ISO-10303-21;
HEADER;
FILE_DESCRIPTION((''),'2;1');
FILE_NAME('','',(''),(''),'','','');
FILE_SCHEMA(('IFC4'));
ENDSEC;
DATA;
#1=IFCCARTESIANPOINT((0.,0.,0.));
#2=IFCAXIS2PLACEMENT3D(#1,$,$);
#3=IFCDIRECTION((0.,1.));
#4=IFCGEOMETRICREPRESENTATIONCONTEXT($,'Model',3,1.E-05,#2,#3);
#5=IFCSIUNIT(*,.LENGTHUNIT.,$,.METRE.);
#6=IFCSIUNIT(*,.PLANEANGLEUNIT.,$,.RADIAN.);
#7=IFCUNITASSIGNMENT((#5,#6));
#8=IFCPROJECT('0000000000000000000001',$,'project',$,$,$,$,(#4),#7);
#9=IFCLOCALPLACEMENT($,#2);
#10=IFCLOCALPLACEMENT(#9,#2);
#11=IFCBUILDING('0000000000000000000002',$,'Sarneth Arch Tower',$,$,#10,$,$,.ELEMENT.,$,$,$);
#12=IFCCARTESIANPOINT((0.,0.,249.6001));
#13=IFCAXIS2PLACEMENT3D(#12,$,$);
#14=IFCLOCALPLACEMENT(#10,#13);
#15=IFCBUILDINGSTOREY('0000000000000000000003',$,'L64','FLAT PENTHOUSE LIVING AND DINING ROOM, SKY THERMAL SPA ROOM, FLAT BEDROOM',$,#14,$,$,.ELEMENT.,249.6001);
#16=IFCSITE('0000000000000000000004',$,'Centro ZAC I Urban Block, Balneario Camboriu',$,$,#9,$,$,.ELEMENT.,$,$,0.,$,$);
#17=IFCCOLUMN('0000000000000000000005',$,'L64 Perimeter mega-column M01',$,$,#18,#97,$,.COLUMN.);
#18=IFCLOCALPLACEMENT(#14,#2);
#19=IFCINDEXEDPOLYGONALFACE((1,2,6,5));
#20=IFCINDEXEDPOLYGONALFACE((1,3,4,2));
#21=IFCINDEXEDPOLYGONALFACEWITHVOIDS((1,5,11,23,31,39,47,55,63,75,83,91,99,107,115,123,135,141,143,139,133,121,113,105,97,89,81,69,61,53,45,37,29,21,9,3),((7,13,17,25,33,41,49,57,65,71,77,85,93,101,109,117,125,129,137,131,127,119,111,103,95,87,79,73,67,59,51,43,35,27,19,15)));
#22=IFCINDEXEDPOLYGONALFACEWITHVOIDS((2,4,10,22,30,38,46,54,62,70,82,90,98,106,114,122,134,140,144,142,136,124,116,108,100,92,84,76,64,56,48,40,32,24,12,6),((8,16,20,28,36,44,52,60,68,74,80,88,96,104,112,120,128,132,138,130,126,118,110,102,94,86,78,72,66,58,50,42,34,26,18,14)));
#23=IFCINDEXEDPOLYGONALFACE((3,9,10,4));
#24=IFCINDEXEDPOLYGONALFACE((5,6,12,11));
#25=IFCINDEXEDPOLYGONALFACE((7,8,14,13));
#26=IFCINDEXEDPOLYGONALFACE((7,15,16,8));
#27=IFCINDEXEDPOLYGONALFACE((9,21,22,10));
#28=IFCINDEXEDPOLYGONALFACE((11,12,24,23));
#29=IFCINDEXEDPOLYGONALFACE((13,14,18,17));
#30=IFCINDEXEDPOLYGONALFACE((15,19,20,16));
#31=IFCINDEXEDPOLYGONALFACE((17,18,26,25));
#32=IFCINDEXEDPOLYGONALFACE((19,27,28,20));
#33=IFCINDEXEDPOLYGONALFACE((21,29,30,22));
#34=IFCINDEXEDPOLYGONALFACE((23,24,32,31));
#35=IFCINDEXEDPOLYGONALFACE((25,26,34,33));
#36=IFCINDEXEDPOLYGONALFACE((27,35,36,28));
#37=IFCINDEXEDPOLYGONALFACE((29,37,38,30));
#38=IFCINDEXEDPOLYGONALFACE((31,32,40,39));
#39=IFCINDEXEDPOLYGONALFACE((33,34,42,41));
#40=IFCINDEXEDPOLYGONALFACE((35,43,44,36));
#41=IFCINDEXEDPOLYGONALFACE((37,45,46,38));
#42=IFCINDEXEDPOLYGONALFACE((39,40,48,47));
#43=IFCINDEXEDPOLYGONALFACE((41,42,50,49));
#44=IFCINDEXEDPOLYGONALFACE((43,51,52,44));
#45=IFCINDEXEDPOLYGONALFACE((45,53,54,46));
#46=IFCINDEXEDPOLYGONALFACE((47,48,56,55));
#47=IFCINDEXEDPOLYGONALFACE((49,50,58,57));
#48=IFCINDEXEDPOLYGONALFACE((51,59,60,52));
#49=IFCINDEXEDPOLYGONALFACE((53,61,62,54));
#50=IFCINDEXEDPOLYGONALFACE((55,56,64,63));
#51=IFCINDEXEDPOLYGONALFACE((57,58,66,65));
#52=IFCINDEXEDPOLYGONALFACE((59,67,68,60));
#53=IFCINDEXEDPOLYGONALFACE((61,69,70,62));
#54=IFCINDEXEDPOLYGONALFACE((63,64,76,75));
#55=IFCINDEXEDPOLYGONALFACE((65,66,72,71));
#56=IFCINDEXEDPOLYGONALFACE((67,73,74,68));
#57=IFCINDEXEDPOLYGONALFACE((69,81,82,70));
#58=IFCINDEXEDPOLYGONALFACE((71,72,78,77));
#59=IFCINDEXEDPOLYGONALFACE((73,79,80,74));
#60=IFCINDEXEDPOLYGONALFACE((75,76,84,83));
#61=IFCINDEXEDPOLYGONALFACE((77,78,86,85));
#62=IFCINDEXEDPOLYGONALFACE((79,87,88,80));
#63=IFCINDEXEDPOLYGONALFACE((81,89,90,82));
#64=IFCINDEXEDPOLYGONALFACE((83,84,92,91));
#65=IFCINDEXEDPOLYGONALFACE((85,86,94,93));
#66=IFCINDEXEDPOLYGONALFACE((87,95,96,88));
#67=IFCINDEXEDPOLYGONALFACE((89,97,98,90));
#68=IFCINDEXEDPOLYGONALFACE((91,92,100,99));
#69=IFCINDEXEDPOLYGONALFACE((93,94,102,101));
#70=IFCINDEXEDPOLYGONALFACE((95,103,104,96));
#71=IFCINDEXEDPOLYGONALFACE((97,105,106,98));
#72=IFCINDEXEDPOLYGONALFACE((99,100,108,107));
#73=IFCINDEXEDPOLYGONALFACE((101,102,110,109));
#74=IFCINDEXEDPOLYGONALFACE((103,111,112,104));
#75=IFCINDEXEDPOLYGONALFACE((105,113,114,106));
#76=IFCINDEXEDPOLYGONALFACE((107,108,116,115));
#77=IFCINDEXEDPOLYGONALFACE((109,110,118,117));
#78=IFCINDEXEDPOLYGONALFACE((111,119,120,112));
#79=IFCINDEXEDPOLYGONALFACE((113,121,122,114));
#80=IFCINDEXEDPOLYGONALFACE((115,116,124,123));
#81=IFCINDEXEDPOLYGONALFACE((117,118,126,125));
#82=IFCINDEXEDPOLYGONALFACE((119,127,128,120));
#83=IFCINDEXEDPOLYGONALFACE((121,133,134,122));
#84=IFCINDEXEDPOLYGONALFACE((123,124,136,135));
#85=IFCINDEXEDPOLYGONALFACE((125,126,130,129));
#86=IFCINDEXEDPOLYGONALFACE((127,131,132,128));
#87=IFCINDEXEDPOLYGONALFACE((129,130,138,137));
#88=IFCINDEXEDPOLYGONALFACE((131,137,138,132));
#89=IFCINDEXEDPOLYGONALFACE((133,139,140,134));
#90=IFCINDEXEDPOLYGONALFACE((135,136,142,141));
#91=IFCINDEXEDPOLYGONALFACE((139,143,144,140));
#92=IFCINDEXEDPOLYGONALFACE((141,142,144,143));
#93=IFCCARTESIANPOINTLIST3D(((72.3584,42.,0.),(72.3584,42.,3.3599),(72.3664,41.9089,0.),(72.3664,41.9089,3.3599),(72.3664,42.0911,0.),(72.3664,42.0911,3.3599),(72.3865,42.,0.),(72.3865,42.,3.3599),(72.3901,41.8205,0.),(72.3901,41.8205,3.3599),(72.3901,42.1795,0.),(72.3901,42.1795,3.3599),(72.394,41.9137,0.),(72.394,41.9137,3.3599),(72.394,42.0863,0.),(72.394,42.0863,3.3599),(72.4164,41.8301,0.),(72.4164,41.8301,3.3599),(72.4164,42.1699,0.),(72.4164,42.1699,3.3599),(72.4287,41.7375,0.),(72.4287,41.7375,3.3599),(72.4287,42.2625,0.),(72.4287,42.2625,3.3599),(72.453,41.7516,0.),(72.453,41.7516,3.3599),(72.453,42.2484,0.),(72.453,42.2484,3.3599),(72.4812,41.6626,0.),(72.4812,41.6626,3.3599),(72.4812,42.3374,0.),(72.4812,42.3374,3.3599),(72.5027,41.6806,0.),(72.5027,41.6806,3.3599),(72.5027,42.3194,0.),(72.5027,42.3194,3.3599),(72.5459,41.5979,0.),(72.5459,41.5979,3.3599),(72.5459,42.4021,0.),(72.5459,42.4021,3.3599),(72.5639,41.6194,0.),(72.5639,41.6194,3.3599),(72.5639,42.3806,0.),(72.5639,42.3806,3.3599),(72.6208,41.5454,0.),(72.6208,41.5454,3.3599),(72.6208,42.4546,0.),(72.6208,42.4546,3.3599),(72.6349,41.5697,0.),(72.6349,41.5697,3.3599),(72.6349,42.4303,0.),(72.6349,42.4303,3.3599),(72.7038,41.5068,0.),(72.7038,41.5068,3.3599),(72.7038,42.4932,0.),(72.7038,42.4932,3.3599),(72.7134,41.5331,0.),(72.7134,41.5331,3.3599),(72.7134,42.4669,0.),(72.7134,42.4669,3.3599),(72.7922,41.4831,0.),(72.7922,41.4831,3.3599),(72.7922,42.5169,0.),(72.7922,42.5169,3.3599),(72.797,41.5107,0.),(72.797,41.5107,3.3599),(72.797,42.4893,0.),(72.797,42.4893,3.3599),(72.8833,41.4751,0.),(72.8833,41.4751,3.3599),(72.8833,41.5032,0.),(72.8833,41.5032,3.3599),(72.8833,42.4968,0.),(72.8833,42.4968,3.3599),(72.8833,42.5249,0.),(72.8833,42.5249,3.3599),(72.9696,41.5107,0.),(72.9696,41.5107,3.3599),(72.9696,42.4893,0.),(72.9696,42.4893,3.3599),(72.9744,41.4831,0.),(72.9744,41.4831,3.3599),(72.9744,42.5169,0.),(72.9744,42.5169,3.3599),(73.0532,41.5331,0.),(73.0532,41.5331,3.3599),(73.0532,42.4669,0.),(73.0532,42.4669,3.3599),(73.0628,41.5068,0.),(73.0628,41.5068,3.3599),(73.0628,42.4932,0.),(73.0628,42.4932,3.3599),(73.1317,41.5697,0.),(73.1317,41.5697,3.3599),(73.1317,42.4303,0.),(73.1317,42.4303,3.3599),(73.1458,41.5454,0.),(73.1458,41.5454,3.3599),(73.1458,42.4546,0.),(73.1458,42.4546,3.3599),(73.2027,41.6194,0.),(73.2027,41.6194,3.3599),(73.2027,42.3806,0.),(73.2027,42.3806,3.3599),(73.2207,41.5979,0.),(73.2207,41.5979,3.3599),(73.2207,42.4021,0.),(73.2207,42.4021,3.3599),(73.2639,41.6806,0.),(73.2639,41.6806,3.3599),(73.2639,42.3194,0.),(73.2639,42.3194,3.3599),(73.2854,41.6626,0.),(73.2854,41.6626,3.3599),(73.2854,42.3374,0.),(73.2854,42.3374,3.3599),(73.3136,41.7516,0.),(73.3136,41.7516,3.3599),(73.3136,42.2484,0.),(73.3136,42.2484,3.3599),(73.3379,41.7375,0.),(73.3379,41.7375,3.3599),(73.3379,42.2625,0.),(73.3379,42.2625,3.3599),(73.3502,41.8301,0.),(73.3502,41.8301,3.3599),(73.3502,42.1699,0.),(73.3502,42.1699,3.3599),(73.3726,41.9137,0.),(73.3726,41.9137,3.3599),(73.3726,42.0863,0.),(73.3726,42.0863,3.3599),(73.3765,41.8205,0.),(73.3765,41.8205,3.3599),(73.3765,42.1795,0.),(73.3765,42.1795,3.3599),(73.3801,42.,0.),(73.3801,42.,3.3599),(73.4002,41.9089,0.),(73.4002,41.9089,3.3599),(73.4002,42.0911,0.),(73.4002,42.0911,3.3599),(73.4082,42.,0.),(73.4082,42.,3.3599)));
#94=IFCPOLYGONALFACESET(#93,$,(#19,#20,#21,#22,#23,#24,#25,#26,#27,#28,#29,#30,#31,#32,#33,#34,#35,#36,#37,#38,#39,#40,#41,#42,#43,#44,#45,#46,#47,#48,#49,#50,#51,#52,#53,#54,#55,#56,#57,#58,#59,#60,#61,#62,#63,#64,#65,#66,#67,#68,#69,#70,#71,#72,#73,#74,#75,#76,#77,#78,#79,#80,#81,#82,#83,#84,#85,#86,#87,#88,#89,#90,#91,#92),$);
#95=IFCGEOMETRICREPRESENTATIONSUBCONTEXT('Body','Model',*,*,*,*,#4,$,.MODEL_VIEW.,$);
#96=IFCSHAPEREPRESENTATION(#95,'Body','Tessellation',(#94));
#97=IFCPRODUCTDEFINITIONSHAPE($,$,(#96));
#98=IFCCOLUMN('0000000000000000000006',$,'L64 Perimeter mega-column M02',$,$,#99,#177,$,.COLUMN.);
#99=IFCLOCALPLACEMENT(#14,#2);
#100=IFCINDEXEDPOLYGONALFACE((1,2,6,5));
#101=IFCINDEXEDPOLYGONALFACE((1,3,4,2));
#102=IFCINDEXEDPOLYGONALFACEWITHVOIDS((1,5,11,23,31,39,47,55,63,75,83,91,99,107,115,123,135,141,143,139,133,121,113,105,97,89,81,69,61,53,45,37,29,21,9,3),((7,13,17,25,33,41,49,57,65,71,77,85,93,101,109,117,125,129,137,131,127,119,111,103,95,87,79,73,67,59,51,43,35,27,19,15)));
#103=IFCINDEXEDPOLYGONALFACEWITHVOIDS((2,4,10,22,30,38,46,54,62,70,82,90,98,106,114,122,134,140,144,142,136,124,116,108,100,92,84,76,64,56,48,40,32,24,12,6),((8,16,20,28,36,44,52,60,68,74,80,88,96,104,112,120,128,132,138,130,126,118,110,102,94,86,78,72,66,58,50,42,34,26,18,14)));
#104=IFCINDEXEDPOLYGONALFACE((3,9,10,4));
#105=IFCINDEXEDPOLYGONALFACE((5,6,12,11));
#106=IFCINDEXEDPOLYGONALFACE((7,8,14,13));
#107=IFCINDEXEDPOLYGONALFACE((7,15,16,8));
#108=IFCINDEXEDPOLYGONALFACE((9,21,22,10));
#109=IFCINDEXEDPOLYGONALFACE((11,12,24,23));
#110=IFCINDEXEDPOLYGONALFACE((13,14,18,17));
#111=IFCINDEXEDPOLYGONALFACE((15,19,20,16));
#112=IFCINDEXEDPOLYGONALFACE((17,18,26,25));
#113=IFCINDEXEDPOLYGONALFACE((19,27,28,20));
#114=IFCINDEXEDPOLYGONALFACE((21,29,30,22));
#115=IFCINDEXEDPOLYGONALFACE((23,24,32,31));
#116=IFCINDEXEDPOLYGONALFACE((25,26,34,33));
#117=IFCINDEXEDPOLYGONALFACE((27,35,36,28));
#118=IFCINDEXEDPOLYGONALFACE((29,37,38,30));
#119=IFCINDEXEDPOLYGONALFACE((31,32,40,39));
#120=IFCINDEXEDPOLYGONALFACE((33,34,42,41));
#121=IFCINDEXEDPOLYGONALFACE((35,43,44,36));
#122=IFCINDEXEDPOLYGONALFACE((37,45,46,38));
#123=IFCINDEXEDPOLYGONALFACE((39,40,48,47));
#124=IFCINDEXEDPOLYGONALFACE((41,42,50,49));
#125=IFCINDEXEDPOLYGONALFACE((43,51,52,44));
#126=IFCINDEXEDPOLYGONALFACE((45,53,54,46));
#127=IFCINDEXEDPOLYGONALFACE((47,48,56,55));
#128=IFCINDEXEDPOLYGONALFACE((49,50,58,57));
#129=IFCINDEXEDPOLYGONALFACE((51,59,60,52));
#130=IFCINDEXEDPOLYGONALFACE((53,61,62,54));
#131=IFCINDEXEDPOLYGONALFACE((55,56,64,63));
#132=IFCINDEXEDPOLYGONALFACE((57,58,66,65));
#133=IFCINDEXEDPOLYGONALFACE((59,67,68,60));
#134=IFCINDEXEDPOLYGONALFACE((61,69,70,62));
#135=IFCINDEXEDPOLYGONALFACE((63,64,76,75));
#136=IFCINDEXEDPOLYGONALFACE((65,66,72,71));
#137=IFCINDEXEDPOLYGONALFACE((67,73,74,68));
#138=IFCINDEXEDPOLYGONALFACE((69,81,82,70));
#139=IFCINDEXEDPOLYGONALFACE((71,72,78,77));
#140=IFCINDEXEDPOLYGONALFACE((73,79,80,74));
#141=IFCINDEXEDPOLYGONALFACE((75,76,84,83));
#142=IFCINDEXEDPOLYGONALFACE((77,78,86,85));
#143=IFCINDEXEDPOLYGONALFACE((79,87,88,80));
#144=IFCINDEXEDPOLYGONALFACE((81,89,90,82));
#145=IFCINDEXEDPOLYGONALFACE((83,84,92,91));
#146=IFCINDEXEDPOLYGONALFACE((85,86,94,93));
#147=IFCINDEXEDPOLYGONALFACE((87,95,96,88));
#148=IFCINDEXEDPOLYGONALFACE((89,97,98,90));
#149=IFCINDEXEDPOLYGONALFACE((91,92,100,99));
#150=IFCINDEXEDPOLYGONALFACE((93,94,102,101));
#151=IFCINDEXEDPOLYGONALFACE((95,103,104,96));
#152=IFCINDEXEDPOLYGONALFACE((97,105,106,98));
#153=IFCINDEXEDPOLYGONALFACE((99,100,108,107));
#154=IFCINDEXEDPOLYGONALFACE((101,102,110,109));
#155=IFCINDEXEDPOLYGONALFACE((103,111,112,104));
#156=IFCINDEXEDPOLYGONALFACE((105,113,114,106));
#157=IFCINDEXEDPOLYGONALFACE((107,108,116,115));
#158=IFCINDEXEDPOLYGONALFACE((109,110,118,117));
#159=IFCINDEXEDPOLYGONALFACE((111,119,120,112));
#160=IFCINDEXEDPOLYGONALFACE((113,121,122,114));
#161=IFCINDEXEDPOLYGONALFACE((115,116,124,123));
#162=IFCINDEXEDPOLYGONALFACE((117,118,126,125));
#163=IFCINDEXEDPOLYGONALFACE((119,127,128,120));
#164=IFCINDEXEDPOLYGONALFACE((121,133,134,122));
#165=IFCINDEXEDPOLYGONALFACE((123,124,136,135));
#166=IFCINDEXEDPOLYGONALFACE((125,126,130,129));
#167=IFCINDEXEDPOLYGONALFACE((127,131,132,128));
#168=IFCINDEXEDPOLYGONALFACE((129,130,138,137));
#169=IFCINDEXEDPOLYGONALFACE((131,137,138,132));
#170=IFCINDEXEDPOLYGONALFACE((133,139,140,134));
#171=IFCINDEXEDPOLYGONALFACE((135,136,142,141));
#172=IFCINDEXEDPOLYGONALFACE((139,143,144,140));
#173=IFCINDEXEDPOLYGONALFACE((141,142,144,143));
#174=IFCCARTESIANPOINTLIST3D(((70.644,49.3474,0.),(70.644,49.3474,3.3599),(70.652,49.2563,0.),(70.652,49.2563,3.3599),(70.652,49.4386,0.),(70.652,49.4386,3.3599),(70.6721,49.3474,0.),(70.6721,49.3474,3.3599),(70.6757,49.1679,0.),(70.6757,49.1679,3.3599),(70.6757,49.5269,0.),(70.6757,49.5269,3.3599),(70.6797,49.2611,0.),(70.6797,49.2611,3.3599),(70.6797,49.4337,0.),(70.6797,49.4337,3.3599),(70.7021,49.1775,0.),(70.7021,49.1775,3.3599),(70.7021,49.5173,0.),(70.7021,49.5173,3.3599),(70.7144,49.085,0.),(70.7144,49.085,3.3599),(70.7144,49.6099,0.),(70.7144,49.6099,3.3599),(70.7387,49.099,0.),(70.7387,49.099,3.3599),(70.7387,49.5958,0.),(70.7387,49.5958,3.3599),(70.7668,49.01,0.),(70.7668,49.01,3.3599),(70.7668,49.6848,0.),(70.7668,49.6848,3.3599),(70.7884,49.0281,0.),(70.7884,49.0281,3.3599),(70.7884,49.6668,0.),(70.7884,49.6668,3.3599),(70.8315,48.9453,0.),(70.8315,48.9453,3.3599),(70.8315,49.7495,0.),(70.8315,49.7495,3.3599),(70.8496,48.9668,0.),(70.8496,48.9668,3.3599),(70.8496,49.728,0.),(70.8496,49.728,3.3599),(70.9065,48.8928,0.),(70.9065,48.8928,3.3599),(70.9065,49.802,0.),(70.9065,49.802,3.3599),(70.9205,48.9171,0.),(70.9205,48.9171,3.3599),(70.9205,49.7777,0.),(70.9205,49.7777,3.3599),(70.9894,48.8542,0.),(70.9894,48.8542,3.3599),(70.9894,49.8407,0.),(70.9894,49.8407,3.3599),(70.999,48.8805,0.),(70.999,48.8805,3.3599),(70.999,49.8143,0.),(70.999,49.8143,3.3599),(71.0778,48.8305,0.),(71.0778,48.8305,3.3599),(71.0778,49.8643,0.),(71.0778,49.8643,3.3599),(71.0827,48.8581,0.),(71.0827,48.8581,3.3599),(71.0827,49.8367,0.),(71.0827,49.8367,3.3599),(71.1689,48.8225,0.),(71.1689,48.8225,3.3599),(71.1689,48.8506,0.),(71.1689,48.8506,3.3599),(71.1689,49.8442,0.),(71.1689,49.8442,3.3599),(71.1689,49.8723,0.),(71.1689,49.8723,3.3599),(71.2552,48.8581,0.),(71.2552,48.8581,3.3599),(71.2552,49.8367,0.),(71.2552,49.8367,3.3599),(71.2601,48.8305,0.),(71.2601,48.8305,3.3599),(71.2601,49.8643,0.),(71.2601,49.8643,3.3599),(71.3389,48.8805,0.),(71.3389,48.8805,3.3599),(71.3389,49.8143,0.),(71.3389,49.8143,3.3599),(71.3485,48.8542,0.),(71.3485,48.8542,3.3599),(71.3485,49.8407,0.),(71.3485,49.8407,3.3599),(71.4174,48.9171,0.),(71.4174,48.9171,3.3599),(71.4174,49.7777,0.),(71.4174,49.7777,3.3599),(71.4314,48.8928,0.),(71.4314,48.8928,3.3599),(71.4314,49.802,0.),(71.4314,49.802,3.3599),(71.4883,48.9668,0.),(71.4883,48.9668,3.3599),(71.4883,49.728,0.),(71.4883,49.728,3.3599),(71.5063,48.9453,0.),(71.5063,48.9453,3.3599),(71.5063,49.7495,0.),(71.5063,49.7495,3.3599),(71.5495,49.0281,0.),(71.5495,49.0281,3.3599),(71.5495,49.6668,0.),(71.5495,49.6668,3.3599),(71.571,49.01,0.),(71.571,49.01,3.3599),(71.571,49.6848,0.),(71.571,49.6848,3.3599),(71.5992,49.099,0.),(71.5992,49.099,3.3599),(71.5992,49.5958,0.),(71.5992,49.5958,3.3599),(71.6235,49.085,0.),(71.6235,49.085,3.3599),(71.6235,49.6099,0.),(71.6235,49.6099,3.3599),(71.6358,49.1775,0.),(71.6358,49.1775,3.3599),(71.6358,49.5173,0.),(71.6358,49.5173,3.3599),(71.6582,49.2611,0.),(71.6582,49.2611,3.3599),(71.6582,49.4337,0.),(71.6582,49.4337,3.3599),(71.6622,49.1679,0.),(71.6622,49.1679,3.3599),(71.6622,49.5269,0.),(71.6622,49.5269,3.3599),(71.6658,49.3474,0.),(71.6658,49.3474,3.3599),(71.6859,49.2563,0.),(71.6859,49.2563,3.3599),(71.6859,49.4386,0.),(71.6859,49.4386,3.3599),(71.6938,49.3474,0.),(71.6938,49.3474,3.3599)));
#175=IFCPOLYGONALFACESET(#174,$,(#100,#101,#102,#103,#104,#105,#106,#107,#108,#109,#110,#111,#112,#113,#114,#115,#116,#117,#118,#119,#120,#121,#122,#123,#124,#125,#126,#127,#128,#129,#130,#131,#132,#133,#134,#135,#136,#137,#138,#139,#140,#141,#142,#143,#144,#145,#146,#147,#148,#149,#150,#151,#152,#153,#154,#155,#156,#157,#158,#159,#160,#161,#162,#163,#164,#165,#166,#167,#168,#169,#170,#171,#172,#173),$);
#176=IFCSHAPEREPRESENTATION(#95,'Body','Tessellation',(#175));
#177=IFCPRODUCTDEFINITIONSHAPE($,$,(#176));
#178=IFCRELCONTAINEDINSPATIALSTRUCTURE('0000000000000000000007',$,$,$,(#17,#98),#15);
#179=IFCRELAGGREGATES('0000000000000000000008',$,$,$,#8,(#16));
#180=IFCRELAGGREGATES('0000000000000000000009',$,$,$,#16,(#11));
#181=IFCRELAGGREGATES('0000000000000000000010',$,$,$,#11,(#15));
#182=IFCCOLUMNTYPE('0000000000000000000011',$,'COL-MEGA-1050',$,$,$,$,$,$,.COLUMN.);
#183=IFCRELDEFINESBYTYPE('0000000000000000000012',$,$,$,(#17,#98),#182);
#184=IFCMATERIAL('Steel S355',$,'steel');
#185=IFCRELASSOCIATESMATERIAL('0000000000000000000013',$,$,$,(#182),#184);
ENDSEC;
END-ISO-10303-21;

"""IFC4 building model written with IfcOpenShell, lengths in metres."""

from ifc_helpers import new_model, si_unit, direction, frame, origin, origin_2d, place, context, subcontext, project, spatial, hollow_circle, extrude, material, material_profile, profile_set, type_object, element, save


model = new_model("IFC4")

# Units and contexts
model_context = context("Model", 3, precision=1e-05, world=origin(), true_north=direction((0.0, 1.0)))
body_context = subcontext(model_context, "Body", "Model", "MODEL_VIEW")
ifc_project = project(units=[si_unit("LENGTHUNIT", "METRE"), si_unit("PLANEANGLEUNIT", "RADIAN")], contexts=[model_context])

# Site, building, storey
site_placement = place(None, origin())
site = spatial("IfcSite", under=ifc_project, at=site_placement, Name="Centro ZAC I Urban Block, Balneario Camboriu", CompositionType="ELEMENT", RefElevation=0.0)
building_placement = place(site_placement, origin())
building = spatial("IfcBuilding", under=site, at=building_placement, Name="Sarneth Arch Tower", CompositionType="ELEMENT")
storey_placement = place(building_placement, frame((0.0, 0.0, 249.6001)))
storey = spatial("IfcBuildingStorey", under=building, at=storey_placement, Name="L64", Description="FLAT PENTHOUSE LIVING AND DINING ROOM, SKY THERMAL SPA ROOM, FLAT BEDROOM", CompositionType="ELEMENT", Elevation=249.6001)

# Columns
ifc_material_1 = material(Name="Steel S355", Category="steel")
ifc_material_profile_1 = material_profile(ifc_material_1, hollow_circle(Radius=0.5249, WallThickness=0.0281, at=origin_2d()), Name="CHS1050x28")
ifc_profile_set_1 = profile_set([ifc_material_profile_1], Name="Steel S355")
column_type = type_object("IfcColumnType", Name="COL-MEGA-1050", PredefinedType="COLUMN", material=ifc_profile_set_1)
for number, where, z_axis, x_axis, name in (
    (1, (72.8833, 42.0, 0.0), (0.0, 0.0, 1.0), (1.0, 0.0, 0.0), "L64 Perimeter mega-column M01"),
    (2, (71.1689, 49.3474, 0.0), (0.0, 0.0, 1.0), (1.0, 0.0, 0.0), "L64 Perimeter mega-column M02"),
):
    element("IfcColumn", number, at=place(storey_placement, frame(where, z_axis=z_axis, x_axis=x_axis)), inside=storey, type_object=column_type, Name=name, PredefinedType="COLUMN", context=body_context, shape_type="SweptSolid", body=[
        extrude(hollow_circle(Radius=0.5249, WallThickness=0.0281, at=origin_2d()), origin(), (0.0, 0.0, 1.0), 3.3599),
    ])

save(model, "model.ifc")
